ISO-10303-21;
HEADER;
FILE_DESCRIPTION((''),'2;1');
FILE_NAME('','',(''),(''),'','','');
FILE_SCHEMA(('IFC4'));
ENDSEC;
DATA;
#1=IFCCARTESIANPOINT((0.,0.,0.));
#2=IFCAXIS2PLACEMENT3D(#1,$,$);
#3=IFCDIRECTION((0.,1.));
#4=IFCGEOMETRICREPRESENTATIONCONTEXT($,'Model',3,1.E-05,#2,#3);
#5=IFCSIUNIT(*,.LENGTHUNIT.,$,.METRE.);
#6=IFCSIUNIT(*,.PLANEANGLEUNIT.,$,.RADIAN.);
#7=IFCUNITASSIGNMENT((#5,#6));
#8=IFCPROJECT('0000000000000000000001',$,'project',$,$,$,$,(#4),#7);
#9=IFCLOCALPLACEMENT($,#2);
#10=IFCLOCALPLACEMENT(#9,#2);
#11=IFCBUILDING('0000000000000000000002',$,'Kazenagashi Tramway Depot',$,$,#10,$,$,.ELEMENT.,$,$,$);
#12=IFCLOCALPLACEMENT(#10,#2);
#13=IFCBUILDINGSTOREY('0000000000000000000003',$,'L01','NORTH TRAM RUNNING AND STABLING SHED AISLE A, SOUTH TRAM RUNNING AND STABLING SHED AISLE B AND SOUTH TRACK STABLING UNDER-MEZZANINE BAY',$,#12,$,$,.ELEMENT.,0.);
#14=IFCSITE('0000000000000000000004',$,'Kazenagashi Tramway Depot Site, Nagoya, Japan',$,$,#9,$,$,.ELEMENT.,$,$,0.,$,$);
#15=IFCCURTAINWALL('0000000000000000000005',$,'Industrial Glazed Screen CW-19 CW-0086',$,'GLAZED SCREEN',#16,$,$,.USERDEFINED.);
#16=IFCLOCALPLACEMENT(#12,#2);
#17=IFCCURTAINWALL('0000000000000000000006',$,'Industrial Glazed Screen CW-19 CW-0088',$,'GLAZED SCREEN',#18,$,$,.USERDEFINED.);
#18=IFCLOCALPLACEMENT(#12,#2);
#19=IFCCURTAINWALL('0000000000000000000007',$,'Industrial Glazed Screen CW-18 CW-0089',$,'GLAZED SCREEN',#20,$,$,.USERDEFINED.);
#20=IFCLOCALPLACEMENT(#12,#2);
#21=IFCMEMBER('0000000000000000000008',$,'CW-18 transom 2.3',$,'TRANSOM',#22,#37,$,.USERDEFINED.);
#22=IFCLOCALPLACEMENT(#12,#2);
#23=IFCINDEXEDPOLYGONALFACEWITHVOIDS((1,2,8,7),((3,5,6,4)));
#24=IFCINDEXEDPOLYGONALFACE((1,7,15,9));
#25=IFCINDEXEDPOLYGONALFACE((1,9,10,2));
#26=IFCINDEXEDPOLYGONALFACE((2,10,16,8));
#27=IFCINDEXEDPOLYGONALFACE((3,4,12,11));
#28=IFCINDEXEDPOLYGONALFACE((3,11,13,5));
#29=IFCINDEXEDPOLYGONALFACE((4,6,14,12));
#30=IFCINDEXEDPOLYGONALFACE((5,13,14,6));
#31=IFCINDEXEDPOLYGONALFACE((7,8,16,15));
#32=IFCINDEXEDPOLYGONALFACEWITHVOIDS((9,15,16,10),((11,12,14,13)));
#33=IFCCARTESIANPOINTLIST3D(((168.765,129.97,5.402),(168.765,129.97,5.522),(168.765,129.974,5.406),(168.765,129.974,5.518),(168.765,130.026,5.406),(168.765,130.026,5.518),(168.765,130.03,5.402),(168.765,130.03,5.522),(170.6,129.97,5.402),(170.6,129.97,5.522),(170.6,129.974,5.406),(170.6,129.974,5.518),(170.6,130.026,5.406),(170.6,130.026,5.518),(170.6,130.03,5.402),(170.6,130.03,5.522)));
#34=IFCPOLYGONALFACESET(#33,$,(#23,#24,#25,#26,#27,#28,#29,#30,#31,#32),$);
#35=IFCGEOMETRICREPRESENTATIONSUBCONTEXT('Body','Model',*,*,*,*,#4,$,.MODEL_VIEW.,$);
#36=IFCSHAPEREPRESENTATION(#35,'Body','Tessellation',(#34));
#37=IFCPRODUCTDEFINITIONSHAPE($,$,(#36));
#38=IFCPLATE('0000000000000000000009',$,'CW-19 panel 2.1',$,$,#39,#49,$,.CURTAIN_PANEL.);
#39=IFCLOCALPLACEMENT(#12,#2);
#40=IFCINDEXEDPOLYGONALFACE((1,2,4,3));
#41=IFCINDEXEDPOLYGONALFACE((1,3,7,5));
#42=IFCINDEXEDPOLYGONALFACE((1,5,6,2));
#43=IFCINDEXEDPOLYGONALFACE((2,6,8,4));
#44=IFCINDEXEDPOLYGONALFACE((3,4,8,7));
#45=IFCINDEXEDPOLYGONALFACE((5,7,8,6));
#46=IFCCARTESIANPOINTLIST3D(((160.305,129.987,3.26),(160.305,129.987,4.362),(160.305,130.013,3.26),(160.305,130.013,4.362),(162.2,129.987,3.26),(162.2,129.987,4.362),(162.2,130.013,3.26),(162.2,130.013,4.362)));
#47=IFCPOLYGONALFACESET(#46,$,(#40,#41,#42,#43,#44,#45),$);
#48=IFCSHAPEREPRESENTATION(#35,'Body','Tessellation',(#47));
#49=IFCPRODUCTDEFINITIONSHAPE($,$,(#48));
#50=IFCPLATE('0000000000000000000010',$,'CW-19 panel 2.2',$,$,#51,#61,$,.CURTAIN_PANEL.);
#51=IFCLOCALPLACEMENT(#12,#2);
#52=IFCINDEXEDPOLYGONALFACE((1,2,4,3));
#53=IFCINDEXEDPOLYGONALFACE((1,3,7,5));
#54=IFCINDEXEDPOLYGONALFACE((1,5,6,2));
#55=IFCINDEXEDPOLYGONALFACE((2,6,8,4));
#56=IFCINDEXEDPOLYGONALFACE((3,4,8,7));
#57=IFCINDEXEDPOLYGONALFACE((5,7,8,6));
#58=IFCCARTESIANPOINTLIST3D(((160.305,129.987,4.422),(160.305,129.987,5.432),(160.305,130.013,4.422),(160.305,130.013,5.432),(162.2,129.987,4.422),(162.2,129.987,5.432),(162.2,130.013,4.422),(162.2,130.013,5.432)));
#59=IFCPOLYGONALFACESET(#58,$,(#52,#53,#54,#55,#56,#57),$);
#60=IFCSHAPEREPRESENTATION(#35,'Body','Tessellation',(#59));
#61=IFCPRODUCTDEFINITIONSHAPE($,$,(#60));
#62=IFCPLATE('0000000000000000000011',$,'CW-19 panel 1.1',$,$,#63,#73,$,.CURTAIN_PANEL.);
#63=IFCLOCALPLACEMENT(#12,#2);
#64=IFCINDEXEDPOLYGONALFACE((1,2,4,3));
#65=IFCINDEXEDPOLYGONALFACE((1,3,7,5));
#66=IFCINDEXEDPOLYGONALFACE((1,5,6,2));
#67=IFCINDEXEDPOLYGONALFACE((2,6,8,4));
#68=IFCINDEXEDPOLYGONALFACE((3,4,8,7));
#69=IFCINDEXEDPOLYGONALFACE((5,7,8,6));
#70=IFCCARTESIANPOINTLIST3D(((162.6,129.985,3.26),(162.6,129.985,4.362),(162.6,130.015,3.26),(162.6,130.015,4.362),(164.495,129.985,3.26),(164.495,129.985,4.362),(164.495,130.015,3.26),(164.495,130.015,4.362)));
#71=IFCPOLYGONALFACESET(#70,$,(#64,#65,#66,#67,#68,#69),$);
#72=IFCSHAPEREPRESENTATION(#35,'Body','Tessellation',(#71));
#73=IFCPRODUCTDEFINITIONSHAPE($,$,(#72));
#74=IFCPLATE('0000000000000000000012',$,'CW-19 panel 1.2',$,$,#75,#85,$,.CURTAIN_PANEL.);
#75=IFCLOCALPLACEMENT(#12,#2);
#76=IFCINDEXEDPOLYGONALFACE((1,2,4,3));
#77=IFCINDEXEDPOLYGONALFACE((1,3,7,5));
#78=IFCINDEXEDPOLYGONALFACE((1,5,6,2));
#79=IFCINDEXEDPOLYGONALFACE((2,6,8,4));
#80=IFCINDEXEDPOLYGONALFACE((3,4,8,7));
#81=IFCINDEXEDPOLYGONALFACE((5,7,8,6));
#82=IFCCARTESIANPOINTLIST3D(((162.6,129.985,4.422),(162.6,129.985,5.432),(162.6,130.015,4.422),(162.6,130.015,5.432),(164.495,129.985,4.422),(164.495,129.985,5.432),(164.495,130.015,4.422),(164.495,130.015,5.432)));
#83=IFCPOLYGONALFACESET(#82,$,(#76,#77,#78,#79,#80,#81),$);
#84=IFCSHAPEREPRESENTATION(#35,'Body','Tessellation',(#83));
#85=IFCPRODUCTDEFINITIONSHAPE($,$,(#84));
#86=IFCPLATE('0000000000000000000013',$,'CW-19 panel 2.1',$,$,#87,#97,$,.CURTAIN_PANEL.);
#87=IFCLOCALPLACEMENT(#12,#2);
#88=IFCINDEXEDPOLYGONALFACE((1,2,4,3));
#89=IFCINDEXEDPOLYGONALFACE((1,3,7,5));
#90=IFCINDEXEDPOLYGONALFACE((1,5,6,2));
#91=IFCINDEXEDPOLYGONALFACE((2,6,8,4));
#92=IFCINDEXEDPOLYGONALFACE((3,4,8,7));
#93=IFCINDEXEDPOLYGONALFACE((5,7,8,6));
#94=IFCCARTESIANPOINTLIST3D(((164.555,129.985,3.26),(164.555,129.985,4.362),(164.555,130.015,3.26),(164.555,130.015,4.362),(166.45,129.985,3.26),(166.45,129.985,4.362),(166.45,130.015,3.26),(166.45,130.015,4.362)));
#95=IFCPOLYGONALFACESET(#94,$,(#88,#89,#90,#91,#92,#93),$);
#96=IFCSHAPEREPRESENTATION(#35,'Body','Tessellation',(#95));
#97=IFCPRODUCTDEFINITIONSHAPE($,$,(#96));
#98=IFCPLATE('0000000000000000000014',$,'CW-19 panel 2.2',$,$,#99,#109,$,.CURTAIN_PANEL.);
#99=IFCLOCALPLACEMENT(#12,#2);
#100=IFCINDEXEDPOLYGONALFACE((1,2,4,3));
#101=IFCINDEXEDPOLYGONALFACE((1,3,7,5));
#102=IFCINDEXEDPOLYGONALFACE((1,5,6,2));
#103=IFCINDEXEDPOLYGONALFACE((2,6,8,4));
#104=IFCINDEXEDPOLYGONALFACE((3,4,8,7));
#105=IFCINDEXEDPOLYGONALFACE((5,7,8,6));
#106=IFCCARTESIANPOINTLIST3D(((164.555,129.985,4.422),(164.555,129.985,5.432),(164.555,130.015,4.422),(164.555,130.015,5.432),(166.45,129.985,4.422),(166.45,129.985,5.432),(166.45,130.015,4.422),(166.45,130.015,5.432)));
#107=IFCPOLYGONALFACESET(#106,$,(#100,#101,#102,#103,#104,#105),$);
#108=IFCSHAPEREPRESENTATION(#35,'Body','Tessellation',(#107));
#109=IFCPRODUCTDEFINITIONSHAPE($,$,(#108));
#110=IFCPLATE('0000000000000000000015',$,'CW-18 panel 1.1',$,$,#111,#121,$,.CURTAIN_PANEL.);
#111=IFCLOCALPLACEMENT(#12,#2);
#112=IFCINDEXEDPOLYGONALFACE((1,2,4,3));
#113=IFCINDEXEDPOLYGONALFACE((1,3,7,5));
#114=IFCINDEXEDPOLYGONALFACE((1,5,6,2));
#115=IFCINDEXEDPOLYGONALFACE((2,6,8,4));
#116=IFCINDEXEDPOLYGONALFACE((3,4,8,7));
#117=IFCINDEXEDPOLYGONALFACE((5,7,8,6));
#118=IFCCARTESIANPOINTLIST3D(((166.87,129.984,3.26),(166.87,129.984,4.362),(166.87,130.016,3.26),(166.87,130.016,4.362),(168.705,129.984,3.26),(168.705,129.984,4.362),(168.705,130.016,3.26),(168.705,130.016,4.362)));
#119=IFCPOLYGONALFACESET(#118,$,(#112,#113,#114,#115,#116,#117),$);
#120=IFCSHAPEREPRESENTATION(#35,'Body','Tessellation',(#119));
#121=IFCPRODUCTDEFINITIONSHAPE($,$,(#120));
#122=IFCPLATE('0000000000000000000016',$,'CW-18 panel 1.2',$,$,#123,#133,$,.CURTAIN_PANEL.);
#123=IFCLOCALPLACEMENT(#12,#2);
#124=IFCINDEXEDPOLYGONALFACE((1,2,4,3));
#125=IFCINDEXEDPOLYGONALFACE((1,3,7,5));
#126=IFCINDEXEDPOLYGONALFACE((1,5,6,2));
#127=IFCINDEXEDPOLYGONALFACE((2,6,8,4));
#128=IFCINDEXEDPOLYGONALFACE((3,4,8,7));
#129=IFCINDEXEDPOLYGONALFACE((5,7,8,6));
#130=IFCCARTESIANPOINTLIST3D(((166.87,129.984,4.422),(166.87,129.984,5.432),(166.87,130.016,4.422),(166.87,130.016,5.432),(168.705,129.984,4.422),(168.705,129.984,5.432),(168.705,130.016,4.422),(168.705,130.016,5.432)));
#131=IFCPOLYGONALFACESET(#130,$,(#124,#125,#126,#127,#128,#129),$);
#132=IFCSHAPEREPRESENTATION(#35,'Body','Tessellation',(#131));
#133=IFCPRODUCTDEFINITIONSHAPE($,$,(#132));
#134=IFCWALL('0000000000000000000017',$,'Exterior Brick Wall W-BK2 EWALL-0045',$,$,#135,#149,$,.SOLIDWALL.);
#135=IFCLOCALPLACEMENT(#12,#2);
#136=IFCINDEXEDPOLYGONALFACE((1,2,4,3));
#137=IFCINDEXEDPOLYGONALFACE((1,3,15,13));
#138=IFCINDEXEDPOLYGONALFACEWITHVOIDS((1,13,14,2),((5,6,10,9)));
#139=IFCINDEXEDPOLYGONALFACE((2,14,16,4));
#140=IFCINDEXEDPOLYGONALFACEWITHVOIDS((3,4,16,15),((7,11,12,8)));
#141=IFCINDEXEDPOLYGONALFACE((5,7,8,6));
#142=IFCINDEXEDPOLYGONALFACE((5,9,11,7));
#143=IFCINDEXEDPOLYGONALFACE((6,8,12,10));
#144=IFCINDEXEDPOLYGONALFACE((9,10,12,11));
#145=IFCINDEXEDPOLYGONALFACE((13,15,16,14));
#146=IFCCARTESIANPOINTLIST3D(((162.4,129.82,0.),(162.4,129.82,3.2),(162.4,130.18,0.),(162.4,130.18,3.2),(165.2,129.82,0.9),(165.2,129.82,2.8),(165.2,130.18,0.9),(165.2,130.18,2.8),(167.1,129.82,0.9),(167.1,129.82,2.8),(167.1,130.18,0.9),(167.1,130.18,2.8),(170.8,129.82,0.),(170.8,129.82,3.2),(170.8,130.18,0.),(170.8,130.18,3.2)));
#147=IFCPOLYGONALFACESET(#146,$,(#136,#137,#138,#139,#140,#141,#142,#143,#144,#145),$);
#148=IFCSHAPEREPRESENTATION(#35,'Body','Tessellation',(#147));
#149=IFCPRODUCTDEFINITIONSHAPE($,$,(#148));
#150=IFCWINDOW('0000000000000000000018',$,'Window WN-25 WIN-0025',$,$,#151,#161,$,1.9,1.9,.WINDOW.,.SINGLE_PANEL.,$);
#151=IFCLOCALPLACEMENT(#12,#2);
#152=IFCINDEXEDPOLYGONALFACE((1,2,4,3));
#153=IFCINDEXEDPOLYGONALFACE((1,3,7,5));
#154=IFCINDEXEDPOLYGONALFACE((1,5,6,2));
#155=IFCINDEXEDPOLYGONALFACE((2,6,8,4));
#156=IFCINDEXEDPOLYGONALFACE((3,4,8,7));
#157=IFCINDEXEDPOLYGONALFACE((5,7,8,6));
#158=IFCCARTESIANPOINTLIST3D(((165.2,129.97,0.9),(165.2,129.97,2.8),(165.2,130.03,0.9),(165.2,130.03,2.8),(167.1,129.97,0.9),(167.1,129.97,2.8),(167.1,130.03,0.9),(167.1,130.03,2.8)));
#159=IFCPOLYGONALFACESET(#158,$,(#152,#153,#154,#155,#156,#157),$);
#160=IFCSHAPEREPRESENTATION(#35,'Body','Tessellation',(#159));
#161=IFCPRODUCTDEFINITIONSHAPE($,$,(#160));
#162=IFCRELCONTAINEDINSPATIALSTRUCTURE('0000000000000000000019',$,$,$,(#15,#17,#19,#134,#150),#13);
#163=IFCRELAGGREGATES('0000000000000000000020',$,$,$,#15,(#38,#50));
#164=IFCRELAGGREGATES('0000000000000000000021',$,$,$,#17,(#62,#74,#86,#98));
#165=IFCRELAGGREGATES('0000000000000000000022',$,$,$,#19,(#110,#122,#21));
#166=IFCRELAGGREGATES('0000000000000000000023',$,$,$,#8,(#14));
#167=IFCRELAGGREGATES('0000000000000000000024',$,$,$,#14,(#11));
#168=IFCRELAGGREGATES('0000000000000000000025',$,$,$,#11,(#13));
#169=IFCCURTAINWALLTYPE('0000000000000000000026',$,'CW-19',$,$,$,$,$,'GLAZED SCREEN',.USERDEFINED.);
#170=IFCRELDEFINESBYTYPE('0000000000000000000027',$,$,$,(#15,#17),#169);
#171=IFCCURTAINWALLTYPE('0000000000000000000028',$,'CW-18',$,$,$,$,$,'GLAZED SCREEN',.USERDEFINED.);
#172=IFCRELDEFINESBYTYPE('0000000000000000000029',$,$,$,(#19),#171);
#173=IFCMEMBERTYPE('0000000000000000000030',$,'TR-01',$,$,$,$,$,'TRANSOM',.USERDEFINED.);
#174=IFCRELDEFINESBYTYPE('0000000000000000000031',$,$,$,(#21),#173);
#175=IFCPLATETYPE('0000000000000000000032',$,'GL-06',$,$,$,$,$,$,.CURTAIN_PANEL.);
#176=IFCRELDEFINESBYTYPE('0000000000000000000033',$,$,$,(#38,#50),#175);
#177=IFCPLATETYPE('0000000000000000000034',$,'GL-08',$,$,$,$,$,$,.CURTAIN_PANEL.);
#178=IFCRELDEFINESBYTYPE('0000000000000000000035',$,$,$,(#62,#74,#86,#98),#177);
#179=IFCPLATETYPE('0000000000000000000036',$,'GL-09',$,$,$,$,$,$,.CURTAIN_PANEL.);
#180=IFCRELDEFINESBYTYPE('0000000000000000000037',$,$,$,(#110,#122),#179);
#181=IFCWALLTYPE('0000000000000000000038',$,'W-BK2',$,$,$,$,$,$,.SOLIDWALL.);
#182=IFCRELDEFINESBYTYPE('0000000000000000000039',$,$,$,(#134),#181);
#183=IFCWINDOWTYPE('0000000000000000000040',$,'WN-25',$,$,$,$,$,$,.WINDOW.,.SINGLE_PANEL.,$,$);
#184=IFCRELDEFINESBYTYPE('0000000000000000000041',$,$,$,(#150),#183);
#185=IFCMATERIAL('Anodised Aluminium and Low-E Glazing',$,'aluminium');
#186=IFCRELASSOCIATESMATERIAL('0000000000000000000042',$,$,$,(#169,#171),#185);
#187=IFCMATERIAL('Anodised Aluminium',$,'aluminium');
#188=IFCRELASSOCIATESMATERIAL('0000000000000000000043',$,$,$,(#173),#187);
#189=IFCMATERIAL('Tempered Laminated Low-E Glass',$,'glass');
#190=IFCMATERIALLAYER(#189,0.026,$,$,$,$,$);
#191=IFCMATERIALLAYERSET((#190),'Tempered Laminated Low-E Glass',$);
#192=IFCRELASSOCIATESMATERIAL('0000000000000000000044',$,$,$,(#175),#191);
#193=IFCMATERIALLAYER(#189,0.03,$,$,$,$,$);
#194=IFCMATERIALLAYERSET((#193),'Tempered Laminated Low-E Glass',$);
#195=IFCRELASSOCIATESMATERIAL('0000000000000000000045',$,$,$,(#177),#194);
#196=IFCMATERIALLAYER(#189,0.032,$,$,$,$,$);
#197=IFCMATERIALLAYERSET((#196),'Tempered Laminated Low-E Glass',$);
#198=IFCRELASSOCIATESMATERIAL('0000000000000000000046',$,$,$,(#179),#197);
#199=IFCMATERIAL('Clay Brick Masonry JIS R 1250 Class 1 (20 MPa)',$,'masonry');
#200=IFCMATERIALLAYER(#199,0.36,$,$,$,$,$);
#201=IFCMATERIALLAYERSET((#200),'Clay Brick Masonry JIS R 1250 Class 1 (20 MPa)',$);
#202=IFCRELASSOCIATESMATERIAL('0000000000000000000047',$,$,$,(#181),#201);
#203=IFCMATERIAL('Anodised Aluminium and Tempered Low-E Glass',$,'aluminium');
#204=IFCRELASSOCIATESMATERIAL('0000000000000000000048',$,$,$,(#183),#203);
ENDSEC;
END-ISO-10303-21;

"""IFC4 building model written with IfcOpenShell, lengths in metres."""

from ifc_helpers import new_model, si_unit, direction, frame, frame_2d, origin, origin_2d, place, context, subcontext, project, spatial, rectangle, hollow_rectangle, extrude, material, layer, layer_set, material_profile, profile_set, type_object, element, fill, aggregate, save


model = new_model("IFC4")

# Units and contexts
model_context = context("Model", 3, precision=1e-05, world=origin(), true_north=direction((0.0, 1.0)))
body_context = subcontext(model_context, "Body", "Model", "MODEL_VIEW")
ifc_project = project(units=[si_unit("LENGTHUNIT", "METRE"), si_unit("PLANEANGLEUNIT", "RADIAN")], contexts=[model_context])

# Site, building, storey
site_placement = place(None, origin())
site = spatial("IfcSite", under=ifc_project, at=site_placement, Name="Kazenagashi Tramway Depot Site, Nagoya, Japan", CompositionType="ELEMENT", RefElevation=0.0)
building_placement = place(site_placement, origin())
building = spatial("IfcBuilding", under=site, at=building_placement, Name="Kazenagashi Tramway Depot", CompositionType="ELEMENT")
storey_placement = place(building_placement, origin())
storey = spatial("IfcBuildingStorey", under=building, at=storey_placement, Name="L01", Description="NORTH TRAM RUNNING AND STABLING SHED AISLE A, SOUTH TRAM RUNNING AND STABLING SHED AISLE B AND SOUTH TRACK STABLING UNDER-MEZZANINE BAY", CompositionType="ELEMENT", Elevation=0.0)

# Curtain wall
ifc_material_1 = material(Name="Anodised Aluminium and Low-E Glazing", Category="aluminium")
curtain_wall_type_1 = type_object("IfcCurtainWallType", Name="CW-19", ElementType="GLAZED SCREEN", PredefinedType="USERDEFINED", material=ifc_material_1)
curtain_wall_1_placement = place(storey_placement, origin())
curtain_wall_1 = element("IfcCurtainWall", 1, at=curtain_wall_1_placement, inside=storey, type_object=curtain_wall_type_1, Name="Industrial Glazed Screen CW-19 CW-0086", ObjectType="GLAZED SCREEN", PredefinedType="USERDEFINED")
ifc_material_2 = material(Name="Anodised Aluminium", Category="aluminium")

# Curtain walls
curtain_wall_2_placement = place(storey_placement, origin())
curtain_wall_2 = element("IfcCurtainWall", 2, at=curtain_wall_2_placement, inside=storey, type_object=curtain_wall_type_1, Name="Industrial Glazed Screen CW-19 CW-0088", ObjectType="GLAZED SCREEN", PredefinedType="USERDEFINED")
curtain_wall_type_2 = type_object("IfcCurtainWallType", Name="CW-18", ElementType="GLAZED SCREEN", PredefinedType="USERDEFINED", material=ifc_material_1)
curtain_wall_3_placement = place(storey_placement, origin())
curtain_wall_3 = element("IfcCurtainWall", 3, at=curtain_wall_3_placement, inside=storey, type_object=curtain_wall_type_2, Name="Industrial Glazed Screen CW-18 CW-0089", ObjectType="GLAZED SCREEN", PredefinedType="USERDEFINED")

# Member
ifc_material_profile_1 = material_profile(ifc_material_2, hollow_rectangle(XDim=0.06, YDim=0.12, WallThickness=0.004, at=origin_2d()), Name="RHS-120x60x4")
ifc_profile_set_1 = profile_set([ifc_material_profile_1], Name="Anodised Aluminium")
member_type_1 = type_object("IfcMemberType", Name="TR-01", ElementType="TRANSOM", PredefinedType="USERDEFINED", material=ifc_profile_set_1)
member_1_placement = place(storey_placement, frame((168.765, 130.0, 5.462), z_axis=(1.0, 0.0, 0.0), x_axis=(0.0, 1.0, 0.0)))
member_1 = element("IfcMember", 4, at=member_1_placement, type_object=member_type_1, Name="CW-18 transom 2.3", ObjectType="TRANSOM", PredefinedType="USERDEFINED", context=body_context, shape_type="SweptSolid", body=[
    extrude(hollow_rectangle(XDim=0.06, YDim=0.12, WallThickness=0.004, at=origin_2d()), origin(), (0.0, 0.0, 1.0), 1.835),
])

# Plates
ifc_material_3 = material(Name="Tempered Laminated Low-E Glass", Category="glass")
ifc_layer_1 = layer(ifc_material_3, 0.026)
ifc_layer_set_1 = layer_set([ifc_layer_1], Name="Tempered Laminated Low-E Glass")
plate_type_1 = type_object("IfcPlateType", Name="GL-06", PredefinedType="CURTAIN_PANEL", material=ifc_layer_set_1)
plate_1_placement = place(storey_placement, frame((161.2525, 130.0, 3.26), z_axis=(0.0, 0.0, 1.0), x_axis=(1.0, 0.0, 0.0)))
plate_1 = element("IfcPlate", 5, at=plate_1_placement, type_object=plate_type_1, Name="CW-19 panel 2.1", PredefinedType="CURTAIN_PANEL", context=body_context, shape_type="SweptSolid", body=[
    extrude(rectangle(XDim=1.895, YDim=0.026, at=origin_2d()), origin(), (0.0, 0.0, 1.0), 1.102),
])
plate_2_placement = place(storey_placement, frame((161.2525, 130.0, 4.422), z_axis=(0.0, 0.0, 1.0), x_axis=(1.0, 0.0, 0.0)))
plate_2 = element("IfcPlate", 6, at=plate_2_placement, type_object=plate_type_1, Name="CW-19 panel 2.2", PredefinedType="CURTAIN_PANEL", context=body_context, shape_type="SweptSolid", body=[
    extrude(rectangle(XDim=1.895, YDim=0.026, at=origin_2d()), origin(), (0.0, 0.0, 1.0), 1.01),
])
aggregate(curtain_wall_1, [plate_1, plate_2])
ifc_layer_2 = layer(ifc_material_3, 0.03)
ifc_layer_set_2 = layer_set([ifc_layer_2], Name="Tempered Laminated Low-E Glass")
plate_type_2 = type_object("IfcPlateType", Name="GL-08", PredefinedType="CURTAIN_PANEL", material=ifc_layer_set_2)
plate_3_placement = place(storey_placement, frame((163.5475, 130.0, 3.26), z_axis=(0.0, 0.0, 1.0), x_axis=(1.0, 0.0, 0.0)))
plate_3 = element("IfcPlate", 7, at=plate_3_placement, type_object=plate_type_2, Name="CW-19 panel 1.1", PredefinedType="CURTAIN_PANEL", context=body_context, shape_type="SweptSolid", body=[
    extrude(rectangle(XDim=1.895, YDim=0.03, at=origin_2d()), origin(), (0.0, 0.0, 1.0), 1.102),
])
plate_4_placement = place(storey_placement, frame((163.5475, 130.0, 4.422), z_axis=(0.0, 0.0, 1.0), x_axis=(1.0, 0.0, 0.0)))
plate_4 = element("IfcPlate", 8, at=plate_4_placement, type_object=plate_type_2, Name="CW-19 panel 1.2", PredefinedType="CURTAIN_PANEL", context=body_context, shape_type="SweptSolid", body=[
    extrude(rectangle(XDim=1.895, YDim=0.03, at=origin_2d()), origin(), (0.0, 0.0, 1.0), 1.01),
])
plate_5_placement = place(storey_placement, frame((165.5025, 130.0, 3.26), z_axis=(0.0, 0.0, 1.0), x_axis=(1.0, 0.0, 0.0)))
plate_5 = element("IfcPlate", 9, at=plate_5_placement, type_object=plate_type_2, Name="CW-19 panel 2.1", PredefinedType="CURTAIN_PANEL", context=body_context, shape_type="SweptSolid", body=[
    extrude(rectangle(XDim=1.895, YDim=0.03, at=origin_2d()), origin(), (0.0, 0.0, 1.0), 1.102),
])
plate_6_placement = place(storey_placement, frame((165.5025, 130.0, 4.422), z_axis=(0.0, 0.0, 1.0), x_axis=(1.0, 0.0, 0.0)))
plate_6 = element("IfcPlate", 10, at=plate_6_placement, type_object=plate_type_2, Name="CW-19 panel 2.2", PredefinedType="CURTAIN_PANEL", context=body_context, shape_type="SweptSolid", body=[
    extrude(rectangle(XDim=1.895, YDim=0.03, at=origin_2d()), origin(), (0.0, 0.0, 1.0), 1.01),
])
aggregate(curtain_wall_2, [plate_3, plate_4, plate_5, plate_6])
ifc_layer_3 = layer(ifc_material_3, 0.032)
ifc_layer_set_3 = layer_set([ifc_layer_3], Name="Tempered Laminated Low-E Glass")
plate_type_3 = type_object("IfcPlateType", Name="GL-09", PredefinedType="CURTAIN_PANEL", material=ifc_layer_set_3)
plate_7_placement = place(storey_placement, frame((167.7875, 130.0, 3.26), z_axis=(0.0, 0.0, 1.0), x_axis=(1.0, 0.0, 0.0)))
plate_7 = element("IfcPlate", 11, at=plate_7_placement, type_object=plate_type_3, Name="CW-18 panel 1.1", PredefinedType="CURTAIN_PANEL", context=body_context, shape_type="SweptSolid", body=[
    extrude(rectangle(XDim=1.835, YDim=0.032, at=origin_2d()), origin(), (0.0, 0.0, 1.0), 1.102),
])
plate_8_placement = place(storey_placement, frame((167.7875, 130.0, 4.422), z_axis=(0.0, 0.0, 1.0), x_axis=(1.0, 0.0, 0.0)))
plate_8 = element("IfcPlate", 12, at=plate_8_placement, type_object=plate_type_3, Name="CW-18 panel 1.2", PredefinedType="CURTAIN_PANEL", context=body_context, shape_type="SweptSolid", body=[
    extrude(rectangle(XDim=1.835, YDim=0.032, at=origin_2d()), origin(), (0.0, 0.0, 1.0), 1.01),
])
aggregate(curtain_wall_3, [plate_7, plate_8, member_1])

# Wall, opening, window
ifc_material_4 = material(Name="Clay Brick Masonry JIS R 1250 Class 1 (20 MPa)", Category="masonry")
ifc_layer_4 = layer(ifc_material_4, 0.36)
ifc_layer_set_4 = layer_set([ifc_layer_4], Name="Clay Brick Masonry JIS R 1250 Class 1 (20 MPa)")
wall_type = type_object("IfcWallType", Name="W-BK2", PredefinedType="SOLIDWALL", material=ifc_layer_set_4)
wall_placement = place(storey_placement, frame((162.4, 130.0, 0.0), z_axis=(0.0, 0.0, 1.0), x_axis=(1.0, 0.0, 0.0)))
wall = element("IfcWall", 13, at=wall_placement, inside=storey, type_object=wall_type, Name="Exterior Brick Wall W-BK2 EWALL-0045", PredefinedType="SOLIDWALL", context=body_context, shape_type="SweptSolid", body=[
    extrude(rectangle(XDim=8.4, YDim=0.36, at=frame_2d((4.2, 0.0))), origin(), (0.0, 0.0, 1.0), 3.2),
])
opening_placement = place(wall_placement, frame((2.8, 0.0, 0.9)))
opening = element("IfcOpeningElement", 14, at=opening_placement, cuts=wall, PredefinedType="OPENING", context=body_context, shape_type="SweptSolid", body=[
    extrude(rectangle(XDim=1.9, YDim=1.9, at=frame_2d((0.95, 0.95))), frame((0.0, 0.19, 0.0), z_axis=(0.0, -1.0, 0.0), x_axis=(1.0, 0.0, 0.0)), (0.0, 0.0, 1.0), 0.38),
])
ifc_material_5 = material(Name="Anodised Aluminium and Tempered Low-E Glass", Category="aluminium")
window_type = type_object("IfcWindowType", Name="WN-25", PartitioningType="SINGLE_PANEL", PredefinedType="WINDOW", material=ifc_material_5)
window_placement = place(opening_placement, origin())
window = element("IfcWindow", 15, at=window_placement, inside=storey, type_object=window_type, Name="Window WN-25 WIN-0025", OverallHeight=1.9, OverallWidth=1.9, PartitioningType="SINGLE_PANEL", PredefinedType="WINDOW", context=body_context, shape_type="SweptSolid", body=[
    extrude(rectangle(XDim=1.9, YDim=1.9, at=frame_2d((0.95, 0.95))), frame((0.0, 0.03, 0.0), z_axis=(0.0, -1.0, 0.0), x_axis=(1.0, 0.0, 0.0)), (0.0, 0.0, 1.0), 0.06),
])
fill(opening, window)

save(model, "model.ifc")
